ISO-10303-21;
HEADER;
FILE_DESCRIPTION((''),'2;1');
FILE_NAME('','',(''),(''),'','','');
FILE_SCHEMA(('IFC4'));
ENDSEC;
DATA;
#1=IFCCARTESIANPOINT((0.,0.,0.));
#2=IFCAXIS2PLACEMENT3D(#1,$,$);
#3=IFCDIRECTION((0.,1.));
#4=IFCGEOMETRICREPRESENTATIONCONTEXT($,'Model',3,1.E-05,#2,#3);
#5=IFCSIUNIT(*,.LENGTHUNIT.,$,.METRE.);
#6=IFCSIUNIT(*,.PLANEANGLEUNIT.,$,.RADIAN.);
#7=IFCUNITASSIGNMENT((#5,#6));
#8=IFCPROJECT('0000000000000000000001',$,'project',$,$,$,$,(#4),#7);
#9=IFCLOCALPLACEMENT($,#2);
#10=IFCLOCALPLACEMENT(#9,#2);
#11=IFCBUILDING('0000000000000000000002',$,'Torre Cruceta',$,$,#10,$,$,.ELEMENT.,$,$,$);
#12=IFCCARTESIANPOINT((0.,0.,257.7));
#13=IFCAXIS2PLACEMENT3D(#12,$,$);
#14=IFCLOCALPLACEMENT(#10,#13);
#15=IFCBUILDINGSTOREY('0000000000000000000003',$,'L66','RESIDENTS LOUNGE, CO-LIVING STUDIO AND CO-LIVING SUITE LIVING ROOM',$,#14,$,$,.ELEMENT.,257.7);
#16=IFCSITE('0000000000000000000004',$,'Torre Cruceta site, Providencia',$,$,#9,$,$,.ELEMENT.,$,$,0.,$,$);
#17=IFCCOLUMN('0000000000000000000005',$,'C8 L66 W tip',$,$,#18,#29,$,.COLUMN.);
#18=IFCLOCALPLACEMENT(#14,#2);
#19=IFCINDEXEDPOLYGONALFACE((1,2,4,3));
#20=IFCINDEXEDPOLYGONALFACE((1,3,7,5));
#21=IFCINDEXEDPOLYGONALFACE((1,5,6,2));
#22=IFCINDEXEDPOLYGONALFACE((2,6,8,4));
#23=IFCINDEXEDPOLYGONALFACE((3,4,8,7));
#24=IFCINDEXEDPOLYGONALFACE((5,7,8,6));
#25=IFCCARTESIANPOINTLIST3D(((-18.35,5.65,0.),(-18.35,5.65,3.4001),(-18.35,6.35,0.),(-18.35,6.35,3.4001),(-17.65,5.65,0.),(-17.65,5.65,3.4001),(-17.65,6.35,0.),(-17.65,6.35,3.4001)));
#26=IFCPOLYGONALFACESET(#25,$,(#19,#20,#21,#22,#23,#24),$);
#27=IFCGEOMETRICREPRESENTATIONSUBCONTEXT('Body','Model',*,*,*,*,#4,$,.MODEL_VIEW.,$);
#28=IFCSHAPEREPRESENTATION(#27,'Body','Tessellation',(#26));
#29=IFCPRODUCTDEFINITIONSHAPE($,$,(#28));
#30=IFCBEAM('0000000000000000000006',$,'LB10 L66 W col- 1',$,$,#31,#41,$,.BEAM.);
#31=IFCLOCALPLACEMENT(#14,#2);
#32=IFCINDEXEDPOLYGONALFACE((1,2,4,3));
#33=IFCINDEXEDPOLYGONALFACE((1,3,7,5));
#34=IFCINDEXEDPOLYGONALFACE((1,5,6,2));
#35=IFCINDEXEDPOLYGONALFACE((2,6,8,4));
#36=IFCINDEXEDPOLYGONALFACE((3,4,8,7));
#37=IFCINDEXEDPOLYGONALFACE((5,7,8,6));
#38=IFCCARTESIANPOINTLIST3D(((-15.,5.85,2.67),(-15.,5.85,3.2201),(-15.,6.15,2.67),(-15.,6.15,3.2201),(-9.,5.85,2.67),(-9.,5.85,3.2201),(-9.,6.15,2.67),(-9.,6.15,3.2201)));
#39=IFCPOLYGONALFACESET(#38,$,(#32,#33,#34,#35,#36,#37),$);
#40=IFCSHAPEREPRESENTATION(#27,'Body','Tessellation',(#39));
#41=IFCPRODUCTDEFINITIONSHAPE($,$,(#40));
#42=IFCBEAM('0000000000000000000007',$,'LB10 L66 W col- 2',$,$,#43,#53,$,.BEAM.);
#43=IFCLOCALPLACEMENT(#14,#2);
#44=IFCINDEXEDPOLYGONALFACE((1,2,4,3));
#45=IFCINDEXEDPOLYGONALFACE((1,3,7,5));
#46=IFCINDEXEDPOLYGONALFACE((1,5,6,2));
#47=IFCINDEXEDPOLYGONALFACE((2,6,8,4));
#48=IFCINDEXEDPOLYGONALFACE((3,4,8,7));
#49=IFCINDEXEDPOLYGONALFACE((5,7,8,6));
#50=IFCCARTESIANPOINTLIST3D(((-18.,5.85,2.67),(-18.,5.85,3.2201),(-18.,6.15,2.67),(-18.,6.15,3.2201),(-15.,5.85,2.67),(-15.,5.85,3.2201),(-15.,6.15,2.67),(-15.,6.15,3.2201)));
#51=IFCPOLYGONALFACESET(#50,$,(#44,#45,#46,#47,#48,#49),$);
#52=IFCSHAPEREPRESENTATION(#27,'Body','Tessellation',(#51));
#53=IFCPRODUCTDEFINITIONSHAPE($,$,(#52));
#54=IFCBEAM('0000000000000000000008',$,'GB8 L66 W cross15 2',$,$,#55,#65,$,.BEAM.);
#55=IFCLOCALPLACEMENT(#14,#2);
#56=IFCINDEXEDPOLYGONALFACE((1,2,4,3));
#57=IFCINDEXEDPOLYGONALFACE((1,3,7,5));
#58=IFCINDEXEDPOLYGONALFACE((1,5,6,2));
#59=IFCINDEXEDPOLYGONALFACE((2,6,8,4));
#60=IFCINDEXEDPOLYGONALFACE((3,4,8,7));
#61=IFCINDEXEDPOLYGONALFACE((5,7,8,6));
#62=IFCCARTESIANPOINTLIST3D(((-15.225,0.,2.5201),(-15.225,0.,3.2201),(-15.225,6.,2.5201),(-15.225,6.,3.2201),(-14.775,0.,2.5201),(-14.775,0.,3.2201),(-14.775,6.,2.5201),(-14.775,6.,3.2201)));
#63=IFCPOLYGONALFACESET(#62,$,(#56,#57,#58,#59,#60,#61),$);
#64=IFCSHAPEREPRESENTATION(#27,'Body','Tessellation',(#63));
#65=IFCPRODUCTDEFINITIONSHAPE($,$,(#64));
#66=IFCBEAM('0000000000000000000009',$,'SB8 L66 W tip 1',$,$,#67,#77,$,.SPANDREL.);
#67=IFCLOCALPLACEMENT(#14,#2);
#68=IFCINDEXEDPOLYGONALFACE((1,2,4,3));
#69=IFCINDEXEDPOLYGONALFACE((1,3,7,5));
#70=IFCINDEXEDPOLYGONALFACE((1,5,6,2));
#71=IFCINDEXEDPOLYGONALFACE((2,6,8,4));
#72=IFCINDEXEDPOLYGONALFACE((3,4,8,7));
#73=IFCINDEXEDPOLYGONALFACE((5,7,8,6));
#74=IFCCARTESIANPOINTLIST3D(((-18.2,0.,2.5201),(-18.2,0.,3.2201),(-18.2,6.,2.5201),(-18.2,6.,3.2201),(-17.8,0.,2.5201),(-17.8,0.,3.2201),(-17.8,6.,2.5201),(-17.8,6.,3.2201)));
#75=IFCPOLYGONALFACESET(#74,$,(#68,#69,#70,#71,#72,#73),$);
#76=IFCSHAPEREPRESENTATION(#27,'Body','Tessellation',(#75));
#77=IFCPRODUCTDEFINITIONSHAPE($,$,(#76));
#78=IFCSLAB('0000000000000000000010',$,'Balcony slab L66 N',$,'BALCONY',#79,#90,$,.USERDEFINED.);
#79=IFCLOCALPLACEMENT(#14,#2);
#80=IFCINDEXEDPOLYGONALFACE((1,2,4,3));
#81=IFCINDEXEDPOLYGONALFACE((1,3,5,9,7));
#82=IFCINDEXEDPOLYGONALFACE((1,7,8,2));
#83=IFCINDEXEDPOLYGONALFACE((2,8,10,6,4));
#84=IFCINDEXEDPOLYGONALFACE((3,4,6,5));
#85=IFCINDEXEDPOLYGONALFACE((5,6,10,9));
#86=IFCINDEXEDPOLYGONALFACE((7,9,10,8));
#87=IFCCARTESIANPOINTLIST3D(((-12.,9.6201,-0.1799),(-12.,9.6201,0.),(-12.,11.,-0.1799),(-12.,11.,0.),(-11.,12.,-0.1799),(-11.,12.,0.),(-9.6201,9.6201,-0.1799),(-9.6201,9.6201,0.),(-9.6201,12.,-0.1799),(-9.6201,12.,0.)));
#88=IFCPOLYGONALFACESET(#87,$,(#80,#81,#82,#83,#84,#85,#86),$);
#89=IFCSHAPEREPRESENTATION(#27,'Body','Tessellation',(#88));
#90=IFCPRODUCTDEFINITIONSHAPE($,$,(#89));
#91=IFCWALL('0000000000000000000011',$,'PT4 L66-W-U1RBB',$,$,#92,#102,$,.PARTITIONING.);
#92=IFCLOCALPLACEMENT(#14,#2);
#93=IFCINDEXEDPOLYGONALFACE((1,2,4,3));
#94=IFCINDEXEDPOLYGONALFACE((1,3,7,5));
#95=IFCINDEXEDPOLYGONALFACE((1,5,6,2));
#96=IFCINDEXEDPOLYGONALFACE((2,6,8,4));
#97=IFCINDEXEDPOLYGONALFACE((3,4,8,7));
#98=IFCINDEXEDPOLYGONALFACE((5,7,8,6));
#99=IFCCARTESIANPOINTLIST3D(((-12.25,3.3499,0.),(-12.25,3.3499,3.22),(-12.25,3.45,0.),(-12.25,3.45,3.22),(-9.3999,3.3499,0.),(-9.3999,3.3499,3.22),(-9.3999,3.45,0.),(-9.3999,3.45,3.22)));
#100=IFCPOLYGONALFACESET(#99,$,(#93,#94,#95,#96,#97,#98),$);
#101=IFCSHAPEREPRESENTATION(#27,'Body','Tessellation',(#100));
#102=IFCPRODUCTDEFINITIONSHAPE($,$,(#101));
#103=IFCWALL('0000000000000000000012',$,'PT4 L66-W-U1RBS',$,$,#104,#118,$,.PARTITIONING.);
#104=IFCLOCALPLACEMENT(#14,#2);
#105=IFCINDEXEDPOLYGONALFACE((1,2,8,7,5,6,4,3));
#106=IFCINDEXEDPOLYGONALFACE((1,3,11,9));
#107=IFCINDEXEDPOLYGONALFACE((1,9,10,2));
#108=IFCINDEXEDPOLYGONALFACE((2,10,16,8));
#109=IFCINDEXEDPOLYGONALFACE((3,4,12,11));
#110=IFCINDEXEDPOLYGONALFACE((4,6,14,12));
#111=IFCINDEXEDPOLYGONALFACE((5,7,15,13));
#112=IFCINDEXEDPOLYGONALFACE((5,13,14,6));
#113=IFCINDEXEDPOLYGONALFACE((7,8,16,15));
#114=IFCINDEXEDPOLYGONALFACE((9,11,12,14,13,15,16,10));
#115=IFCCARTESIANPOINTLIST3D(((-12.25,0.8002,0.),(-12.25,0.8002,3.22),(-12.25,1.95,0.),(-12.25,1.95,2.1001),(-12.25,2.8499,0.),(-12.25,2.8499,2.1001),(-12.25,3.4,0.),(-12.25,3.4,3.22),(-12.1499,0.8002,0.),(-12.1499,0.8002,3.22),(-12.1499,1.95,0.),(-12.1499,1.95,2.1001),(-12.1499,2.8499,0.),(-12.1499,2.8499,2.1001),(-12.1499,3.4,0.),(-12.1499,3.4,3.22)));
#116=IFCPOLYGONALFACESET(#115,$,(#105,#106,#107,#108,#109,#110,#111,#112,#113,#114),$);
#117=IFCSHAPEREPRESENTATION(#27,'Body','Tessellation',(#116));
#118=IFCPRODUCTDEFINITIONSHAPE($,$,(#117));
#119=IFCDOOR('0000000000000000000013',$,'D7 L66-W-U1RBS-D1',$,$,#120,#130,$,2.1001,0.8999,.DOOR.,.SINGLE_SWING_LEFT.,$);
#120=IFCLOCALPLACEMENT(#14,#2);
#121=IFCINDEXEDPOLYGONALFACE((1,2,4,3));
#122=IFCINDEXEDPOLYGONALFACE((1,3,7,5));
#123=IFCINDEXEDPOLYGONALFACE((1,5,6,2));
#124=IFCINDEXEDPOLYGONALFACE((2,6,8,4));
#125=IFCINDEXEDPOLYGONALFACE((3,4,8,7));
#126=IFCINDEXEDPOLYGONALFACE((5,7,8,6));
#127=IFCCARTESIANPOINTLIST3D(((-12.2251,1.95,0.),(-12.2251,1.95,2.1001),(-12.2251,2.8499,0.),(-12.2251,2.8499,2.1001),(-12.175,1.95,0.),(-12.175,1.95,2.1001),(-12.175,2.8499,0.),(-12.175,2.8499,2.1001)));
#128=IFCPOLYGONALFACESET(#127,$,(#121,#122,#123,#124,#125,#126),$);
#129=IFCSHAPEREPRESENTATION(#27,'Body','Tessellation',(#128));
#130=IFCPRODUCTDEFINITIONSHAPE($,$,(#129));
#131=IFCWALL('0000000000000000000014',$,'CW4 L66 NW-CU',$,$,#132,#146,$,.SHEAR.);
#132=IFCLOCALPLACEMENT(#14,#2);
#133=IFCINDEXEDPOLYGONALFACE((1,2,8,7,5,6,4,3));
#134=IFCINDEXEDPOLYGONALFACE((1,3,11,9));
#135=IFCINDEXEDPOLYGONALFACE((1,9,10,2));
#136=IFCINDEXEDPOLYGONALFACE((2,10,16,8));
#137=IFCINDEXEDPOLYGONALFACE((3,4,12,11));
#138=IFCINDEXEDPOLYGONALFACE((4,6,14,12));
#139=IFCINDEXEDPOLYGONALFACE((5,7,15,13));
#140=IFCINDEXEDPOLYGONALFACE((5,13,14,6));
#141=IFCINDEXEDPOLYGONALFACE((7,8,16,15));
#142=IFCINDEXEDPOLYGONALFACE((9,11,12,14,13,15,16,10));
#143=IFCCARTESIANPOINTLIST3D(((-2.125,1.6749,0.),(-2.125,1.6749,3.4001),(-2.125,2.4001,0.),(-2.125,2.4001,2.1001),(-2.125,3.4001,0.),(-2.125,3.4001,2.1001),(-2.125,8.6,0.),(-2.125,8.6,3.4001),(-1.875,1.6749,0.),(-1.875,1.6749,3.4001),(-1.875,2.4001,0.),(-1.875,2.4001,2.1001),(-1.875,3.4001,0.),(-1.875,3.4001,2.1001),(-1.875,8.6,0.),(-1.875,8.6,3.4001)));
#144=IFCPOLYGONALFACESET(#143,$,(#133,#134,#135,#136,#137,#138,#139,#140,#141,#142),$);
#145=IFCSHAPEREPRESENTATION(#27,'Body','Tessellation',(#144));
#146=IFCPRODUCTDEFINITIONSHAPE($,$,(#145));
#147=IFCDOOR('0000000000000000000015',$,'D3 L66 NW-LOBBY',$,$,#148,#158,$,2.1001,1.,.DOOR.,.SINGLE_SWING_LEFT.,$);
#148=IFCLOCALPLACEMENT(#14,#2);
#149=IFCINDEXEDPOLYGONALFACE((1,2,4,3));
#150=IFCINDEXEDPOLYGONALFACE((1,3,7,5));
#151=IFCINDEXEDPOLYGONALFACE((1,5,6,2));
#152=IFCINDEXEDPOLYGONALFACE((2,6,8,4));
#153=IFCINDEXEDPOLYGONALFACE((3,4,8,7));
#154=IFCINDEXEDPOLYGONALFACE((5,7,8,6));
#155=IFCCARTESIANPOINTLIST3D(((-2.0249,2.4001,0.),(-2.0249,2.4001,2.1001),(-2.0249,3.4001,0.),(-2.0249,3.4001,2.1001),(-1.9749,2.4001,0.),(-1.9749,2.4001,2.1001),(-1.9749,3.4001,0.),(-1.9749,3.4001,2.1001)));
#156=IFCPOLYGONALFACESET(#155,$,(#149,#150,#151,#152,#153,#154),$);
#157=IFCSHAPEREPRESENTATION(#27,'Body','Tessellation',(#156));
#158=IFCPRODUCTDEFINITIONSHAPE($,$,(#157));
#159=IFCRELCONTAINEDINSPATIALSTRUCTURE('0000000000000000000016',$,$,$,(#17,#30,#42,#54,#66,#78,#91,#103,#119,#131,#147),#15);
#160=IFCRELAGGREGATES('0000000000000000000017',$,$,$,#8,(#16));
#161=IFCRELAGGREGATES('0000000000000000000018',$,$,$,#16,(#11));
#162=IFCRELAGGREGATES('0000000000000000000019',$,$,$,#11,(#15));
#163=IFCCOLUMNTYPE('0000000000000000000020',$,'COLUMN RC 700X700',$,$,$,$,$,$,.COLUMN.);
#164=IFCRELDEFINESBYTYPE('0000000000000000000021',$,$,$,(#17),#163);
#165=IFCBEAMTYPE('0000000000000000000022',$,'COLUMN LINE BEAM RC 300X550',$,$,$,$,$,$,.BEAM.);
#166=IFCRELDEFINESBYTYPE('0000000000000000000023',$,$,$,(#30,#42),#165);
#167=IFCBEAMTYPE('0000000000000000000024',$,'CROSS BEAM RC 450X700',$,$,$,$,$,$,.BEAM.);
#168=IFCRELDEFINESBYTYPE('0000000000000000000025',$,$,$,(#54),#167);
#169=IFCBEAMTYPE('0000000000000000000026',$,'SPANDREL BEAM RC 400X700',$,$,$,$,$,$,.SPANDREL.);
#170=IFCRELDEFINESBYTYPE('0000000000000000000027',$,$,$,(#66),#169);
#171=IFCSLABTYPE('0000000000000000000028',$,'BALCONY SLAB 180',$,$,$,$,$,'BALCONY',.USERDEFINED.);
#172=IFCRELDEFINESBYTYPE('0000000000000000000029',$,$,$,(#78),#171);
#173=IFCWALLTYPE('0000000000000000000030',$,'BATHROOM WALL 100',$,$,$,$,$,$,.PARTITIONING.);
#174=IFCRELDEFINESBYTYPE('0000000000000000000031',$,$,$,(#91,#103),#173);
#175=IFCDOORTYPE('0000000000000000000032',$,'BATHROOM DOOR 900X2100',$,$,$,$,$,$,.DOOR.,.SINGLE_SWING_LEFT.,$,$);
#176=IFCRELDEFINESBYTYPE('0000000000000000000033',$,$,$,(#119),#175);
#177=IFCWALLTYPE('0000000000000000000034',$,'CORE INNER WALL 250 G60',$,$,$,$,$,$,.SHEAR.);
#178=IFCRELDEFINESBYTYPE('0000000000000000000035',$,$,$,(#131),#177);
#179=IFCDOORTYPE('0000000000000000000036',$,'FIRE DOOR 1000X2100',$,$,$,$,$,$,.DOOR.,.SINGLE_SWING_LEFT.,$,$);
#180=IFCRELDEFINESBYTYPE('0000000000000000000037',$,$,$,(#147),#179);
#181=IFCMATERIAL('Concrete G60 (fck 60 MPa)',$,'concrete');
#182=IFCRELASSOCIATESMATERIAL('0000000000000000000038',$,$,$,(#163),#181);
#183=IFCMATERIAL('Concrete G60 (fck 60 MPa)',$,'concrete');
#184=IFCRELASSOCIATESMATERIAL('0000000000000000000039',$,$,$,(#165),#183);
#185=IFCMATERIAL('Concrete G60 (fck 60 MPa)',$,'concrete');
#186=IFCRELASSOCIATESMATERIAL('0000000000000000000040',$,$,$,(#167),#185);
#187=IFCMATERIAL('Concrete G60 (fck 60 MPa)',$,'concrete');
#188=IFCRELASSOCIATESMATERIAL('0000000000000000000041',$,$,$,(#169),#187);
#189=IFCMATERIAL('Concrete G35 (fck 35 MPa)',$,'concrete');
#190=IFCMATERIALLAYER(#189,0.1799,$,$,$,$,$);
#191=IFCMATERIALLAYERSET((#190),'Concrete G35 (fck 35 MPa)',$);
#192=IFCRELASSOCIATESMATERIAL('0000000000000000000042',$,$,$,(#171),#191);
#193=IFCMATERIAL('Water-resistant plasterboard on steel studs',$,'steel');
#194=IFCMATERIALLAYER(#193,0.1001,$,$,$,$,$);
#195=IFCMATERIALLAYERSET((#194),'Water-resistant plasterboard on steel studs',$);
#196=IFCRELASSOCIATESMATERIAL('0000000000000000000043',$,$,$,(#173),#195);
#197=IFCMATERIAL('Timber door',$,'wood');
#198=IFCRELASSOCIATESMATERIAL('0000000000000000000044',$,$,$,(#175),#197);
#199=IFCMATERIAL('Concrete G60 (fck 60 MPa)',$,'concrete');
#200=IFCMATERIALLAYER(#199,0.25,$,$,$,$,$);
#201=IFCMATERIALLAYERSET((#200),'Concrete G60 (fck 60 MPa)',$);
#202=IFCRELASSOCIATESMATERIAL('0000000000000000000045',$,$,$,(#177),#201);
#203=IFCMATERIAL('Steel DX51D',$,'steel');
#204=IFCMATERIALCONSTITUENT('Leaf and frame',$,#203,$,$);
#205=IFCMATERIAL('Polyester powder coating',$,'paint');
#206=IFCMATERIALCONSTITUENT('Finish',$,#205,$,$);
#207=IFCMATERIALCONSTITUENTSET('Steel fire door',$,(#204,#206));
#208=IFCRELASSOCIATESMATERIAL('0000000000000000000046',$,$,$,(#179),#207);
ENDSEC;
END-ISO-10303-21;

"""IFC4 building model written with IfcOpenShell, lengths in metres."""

from ifc_helpers import new_model, si_unit, direction, frame, frame_2d, origin, origin_2d, place, context, subcontext, project, spatial, polyline, rectangle, outline, extrude, material, layer, layer_set, constituent, constituent_set, material_profile, profile_set, type_object, element, fill, save


model = new_model("IFC4")

# Units and contexts
model_context = context("Model", 3, precision=1e-05, world=origin(), true_north=direction((0.0, 1.0)))
body_context = subcontext(model_context, "Body", "Model", "MODEL_VIEW")
ifc_project = project(units=[si_unit("LENGTHUNIT", "METRE"), si_unit("PLANEANGLEUNIT", "RADIAN")], contexts=[model_context])

# Site, building, storey
site_placement = place(None, origin())
site = spatial("IfcSite", under=ifc_project, at=site_placement, Name="Torre Cruceta site, Providencia", CompositionType="ELEMENT", RefElevation=0.0)
building_placement = place(site_placement, origin())
building = spatial("IfcBuilding", under=site, at=building_placement, Name="Torre Cruceta", CompositionType="ELEMENT")
storey_placement = place(building_placement, frame((0.0, 0.0, 257.7)))
storey = spatial("IfcBuildingStorey", under=building, at=storey_placement, Name="L66", Description="RESIDENTS LOUNGE, CO-LIVING STUDIO AND CO-LIVING SUITE LIVING ROOM", CompositionType="ELEMENT", Elevation=257.7)

# Column
ifc_material_1 = material(Name="Concrete G60 (fck 60 MPa)", Category="concrete")
ifc_material_profile_1 = material_profile(ifc_material_1, rectangle(XDim=0.7, YDim=0.7, at=origin_2d()), Name="RC 700X700")
ifc_profile_set_1 = profile_set([ifc_material_profile_1], Name="Concrete G60 (fck 60 MPa)")
column_type = type_object("IfcColumnType", Name="COLUMN RC 700X700", PredefinedType="COLUMN", material=ifc_profile_set_1)
column_placement = place(storey_placement, frame((-18.0, 6.0, 0.0), z_axis=(0.0, 0.0, 1.0), x_axis=(1.0, 0.0, 0.0)))
element("IfcColumn", 1, at=column_placement, inside=storey, type_object=column_type, Name="C8 L66 W tip", PredefinedType="COLUMN", context=body_context, shape_type="SweptSolid", body=[
    extrude(rectangle(XDim=0.7, YDim=0.7, at=origin_2d()), origin(), (0.0, 0.0, 1.0), 3.4001),
])

# Beams
ifc_material_2 = material(Name="Concrete G60 (fck 60 MPa)", Category="concrete")
ifc_material_profile_2 = material_profile(ifc_material_2, rectangle(XDim=0.3, YDim=0.55, at=origin_2d()), Name="RC 300X550")
ifc_profile_set_2 = profile_set([ifc_material_profile_2], Name="Concrete G60 (fck 60 MPa)")
beam_type_1 = type_object("IfcBeamType", Name="COLUMN LINE BEAM RC 300X550", PredefinedType="BEAM", material=ifc_profile_set_2)
beam_1_placement = place(storey_placement, frame((-9.0, 6.0, 2.9451), z_axis=(-1.0, 0.0, 0.0), x_axis=(0.0, -1.0, 0.0)))
element("IfcBeam", 2, at=beam_1_placement, inside=storey, type_object=beam_type_1, Name="LB10 L66 W col- 1", PredefinedType="BEAM", context=body_context, shape_type="SweptSolid", body=[
    extrude(rectangle(XDim=0.3, YDim=0.55, at=origin_2d()), origin(), (0.0, 0.0, 1.0), 6.0),
])
beam_2_placement = place(storey_placement, frame((-15.0, 6.0, 2.9451), z_axis=(-1.0, 0.0, 0.0), x_axis=(0.0, -1.0, 0.0)))
element("IfcBeam", 3, at=beam_2_placement, inside=storey, type_object=beam_type_1, Name="LB10 L66 W col- 2", PredefinedType="BEAM", context=body_context, shape_type="SweptSolid", body=[
    extrude(rectangle(XDim=0.3, YDim=0.55, at=origin_2d()), origin(), (0.0, 0.0, 1.0), 3.0),
])
ifc_material_3 = material(Name="Concrete G60 (fck 60 MPa)", Category="concrete")
ifc_material_profile_3 = material_profile(ifc_material_3, rectangle(XDim=0.45, YDim=0.7, at=origin_2d()), Name="RC 450X700")
ifc_profile_set_3 = profile_set([ifc_material_profile_3], Name="Concrete G60 (fck 60 MPa)")
beam_type_2 = type_object("IfcBeamType", Name="CROSS BEAM RC 450X700", PredefinedType="BEAM", material=ifc_profile_set_3)
beam_3_placement = place(storey_placement, frame((-15.0, 6.0, 2.8701), z_axis=(0.0, -1.0, 0.0), x_axis=(1.0, 0.0, 0.0)))
element("IfcBeam", 4, at=beam_3_placement, inside=storey, type_object=beam_type_2, Name="GB8 L66 W cross15 2", PredefinedType="BEAM", context=body_context, shape_type="SweptSolid", body=[
    extrude(rectangle(XDim=0.45, YDim=0.7, at=origin_2d()), origin(), (0.0, 0.0, 1.0), 6.0),
])
ifc_material_4 = material(Name="Concrete G60 (fck 60 MPa)", Category="concrete")
ifc_material_profile_4 = material_profile(ifc_material_4, rectangle(XDim=0.3999, YDim=0.7, at=origin_2d()), Name="RC 400X700")
ifc_profile_set_4 = profile_set([ifc_material_profile_4], Name="Concrete G60 (fck 60 MPa)")
beam_type_3 = type_object("IfcBeamType", Name="SPANDREL BEAM RC 400X700", PredefinedType="SPANDREL", material=ifc_profile_set_4)
beam_4_placement = place(storey_placement, frame((-18.0, 6.0, 2.8701), z_axis=(0.0, -1.0, 0.0), x_axis=(1.0, 0.0, 0.0)))
element("IfcBeam", 5, at=beam_4_placement, inside=storey, type_object=beam_type_3, Name="SB8 L66 W tip 1", PredefinedType="SPANDREL", context=body_context, shape_type="SweptSolid", body=[
    extrude(rectangle(XDim=0.3999, YDim=0.7, at=origin_2d()), origin(), (0.0, 0.0, 1.0), 6.0),
])

# Slab
ifc_material_5 = material(Name="Concrete G35 (fck 35 MPa)", Category="concrete")
ifc_layer_1 = layer(ifc_material_5, 0.1799)
ifc_layer_set_1 = layer_set([ifc_layer_1], Name="Concrete G35 (fck 35 MPa)")
slab_type = type_object("IfcSlabType", Name="BALCONY SLAB 180", ElementType="BALCONY", PredefinedType="USERDEFINED", material=ifc_layer_set_1)
slab_placement = place(storey_placement, frame((0.0, 0.0, -0.1799)))
element("IfcSlab", 6, at=slab_placement, inside=storey, type_object=slab_type, Name="Balcony slab L66 N", ObjectType="BALCONY", PredefinedType="USERDEFINED", context=body_context, shape_type="SweptSolid", body=[
    extrude(outline(polyline([(-12.0, 11.0), (-11.0, 12.0), (-9.6201, 12.0), (-9.6201, 9.6201), (-12.0, 9.6201), (-12.0, 11.0)])), origin(), (0.0, 0.0, 1.0), 0.1799),
])

# Wall
ifc_material_6 = material(Name="Water-resistant plasterboard on steel studs", Category="steel")
ifc_layer_2 = layer(ifc_material_6, 0.1001)
ifc_layer_set_2 = layer_set([ifc_layer_2], Name="Water-resistant plasterboard on steel studs")
wall_type_1 = type_object("IfcWallType", Name="BATHROOM WALL 100", PredefinedType="PARTITIONING", material=ifc_layer_set_2)
wall_1_placement = place(storey_placement, frame((-9.3999, 3.3999, 0.0), z_axis=(0.0, 0.0, 1.0), x_axis=(-1.0, 0.0, 0.0)))
element("IfcWall", 7, at=wall_1_placement, inside=storey, type_object=wall_type_1, Name="PT4 L66-W-U1RBB", PredefinedType="PARTITIONING", context=body_context, shape_type="SweptSolid", body=[
    extrude(rectangle(XDim=2.8501, YDim=0.1001, at=frame_2d((1.425, 0.0))), origin(), (0.0, 0.0, 1.0), 3.22),
])

# Walls, openings, doors
wall_2_placement = place(storey_placement, frame((-12.2, 3.3999, 0.0), z_axis=(0.0, 0.0, 1.0), x_axis=(0.0, -1.0, 0.0)))
wall_2 = element("IfcWall", 8, at=wall_2_placement, inside=storey, type_object=wall_type_1, Name="PT4 L66-W-U1RBS", PredefinedType="PARTITIONING", context=body_context, shape_type="SweptSolid", body=[
    extrude(rectangle(XDim=2.5999, YDim=0.1001, at=frame_2d((1.2998, 0.0))), origin(), (0.0, 0.0, 1.0), 3.22),
])
opening_1_placement = place(wall_2_placement, frame((0.55, 0.0, 0.0)))
opening_1 = element("IfcOpeningElement", 9, at=opening_1_placement, cuts=wall_2, PredefinedType="OPENING", context=body_context, shape_type="SweptSolid", body=[
    extrude(rectangle(XDim=0.8999, YDim=2.1001, at=frame_2d((0.45, 1.05))), frame((0.0, 0.0601, 0.0), z_axis=(0.0, -1.0, 0.0), x_axis=(1.0, 0.0, 0.0)), (0.0, 0.0, 1.0), 0.1201),
])
ifc_material_7 = material(Name="Timber door", Category="wood")
door_type_1 = type_object("IfcDoorType", Name="BATHROOM DOOR 900X2100", OperationType="SINGLE_SWING_LEFT", PredefinedType="DOOR", material=ifc_material_7)
door_1_placement = place(opening_1_placement, origin())
door_1 = element("IfcDoor", 10, at=door_1_placement, inside=storey, type_object=door_type_1, Name="D7 L66-W-U1RBS-D1", OperationType="SINGLE_SWING_LEFT", OverallHeight=2.1001, OverallWidth=0.8999, PredefinedType="DOOR", context=body_context, shape_type="SweptSolid", body=[
    extrude(rectangle(XDim=0.8999, YDim=2.1001, at=frame_2d((0.45, 1.05))), frame((0.0, 0.0249, 0.0), z_axis=(0.0, -1.0, 0.0), x_axis=(1.0, 0.0, 0.0)), (0.0, 0.0, 1.0), 0.05),
])
fill(opening_1, door_1)
ifc_material_8 = material(Name="Concrete G60 (fck 60 MPa)", Category="concrete")
ifc_layer_3 = layer(ifc_material_8, 0.25)
ifc_layer_set_3 = layer_set([ifc_layer_3], Name="Concrete G60 (fck 60 MPa)")
wall_type_2 = type_object("IfcWallType", Name="CORE INNER WALL 250 G60", PredefinedType="SHEAR", material=ifc_layer_set_3)
wall_3_placement = place(storey_placement, frame((-2.0, 1.675, 0.0), z_axis=(0.0, 0.0, 1.0), x_axis=(0.0, 1.0, 0.0)))
wall_3 = element("IfcWall", 11, at=wall_3_placement, inside=storey, type_object=wall_type_2, Name="CW4 L66 NW-CU", PredefinedType="SHEAR", context=body_context, shape_type="SweptSolid", body=[
    extrude(rectangle(XDim=6.925, YDim=0.25, at=frame_2d((3.4624, 0.0))), origin(), (0.0, 0.0, 1.0), 3.4001),
])
opening_2_placement = place(wall_3_placement, frame((0.7251, 0.0, 0.0)))
opening_2 = element("IfcOpeningElement", 12, at=opening_2_placement, cuts=wall_3, PredefinedType="OPENING", context=body_context, shape_type="SweptSolid", body=[
    extrude(rectangle(XDim=1.0, YDim=2.1001, at=frame_2d((0.5, 1.05))), frame((0.0, 0.135, 0.0), z_axis=(0.0, -1.0, 0.0), x_axis=(1.0, 0.0, 0.0)), (0.0, 0.0, 1.0), 0.27),
])
ifc_material_9 = material(Name="Steel DX51D", Category="steel")
ifc_constituent_1 = constituent(ifc_material_9, Name="Leaf and frame")
ifc_material_10 = material(Name="Polyester powder coating", Category="paint")
ifc_constituent_2 = constituent(ifc_material_10, Name="Finish")
ifc_constituent_set_1 = constituent_set(constituents=[ifc_constituent_1, ifc_constituent_2], Name="Steel fire door")
door_type_2 = type_object("IfcDoorType", Name="FIRE DOOR 1000X2100", OperationType="SINGLE_SWING_LEFT", PredefinedType="DOOR", material=ifc_constituent_set_1)
door_2_placement = place(opening_2_placement, origin())
door_2 = element("IfcDoor", 13, at=door_2_placement, inside=storey, type_object=door_type_2, Name="D3 L66 NW-LOBBY", OperationType="SINGLE_SWING_LEFT", OverallHeight=2.1001, OverallWidth=1.0, PredefinedType="DOOR", context=body_context, shape_type="SweptSolid", body=[
    extrude(rectangle(XDim=1.0, YDim=2.1001, at=frame_2d((0.5, 1.05))), frame((0.0, 0.0249, 0.0), z_axis=(0.0, -1.0, 0.0), x_axis=(1.0, 0.0, 0.0)), (0.0, 0.0, 1.0), 0.05),
])
fill(opening_2, door_2)

save(model, "model.ifc")
